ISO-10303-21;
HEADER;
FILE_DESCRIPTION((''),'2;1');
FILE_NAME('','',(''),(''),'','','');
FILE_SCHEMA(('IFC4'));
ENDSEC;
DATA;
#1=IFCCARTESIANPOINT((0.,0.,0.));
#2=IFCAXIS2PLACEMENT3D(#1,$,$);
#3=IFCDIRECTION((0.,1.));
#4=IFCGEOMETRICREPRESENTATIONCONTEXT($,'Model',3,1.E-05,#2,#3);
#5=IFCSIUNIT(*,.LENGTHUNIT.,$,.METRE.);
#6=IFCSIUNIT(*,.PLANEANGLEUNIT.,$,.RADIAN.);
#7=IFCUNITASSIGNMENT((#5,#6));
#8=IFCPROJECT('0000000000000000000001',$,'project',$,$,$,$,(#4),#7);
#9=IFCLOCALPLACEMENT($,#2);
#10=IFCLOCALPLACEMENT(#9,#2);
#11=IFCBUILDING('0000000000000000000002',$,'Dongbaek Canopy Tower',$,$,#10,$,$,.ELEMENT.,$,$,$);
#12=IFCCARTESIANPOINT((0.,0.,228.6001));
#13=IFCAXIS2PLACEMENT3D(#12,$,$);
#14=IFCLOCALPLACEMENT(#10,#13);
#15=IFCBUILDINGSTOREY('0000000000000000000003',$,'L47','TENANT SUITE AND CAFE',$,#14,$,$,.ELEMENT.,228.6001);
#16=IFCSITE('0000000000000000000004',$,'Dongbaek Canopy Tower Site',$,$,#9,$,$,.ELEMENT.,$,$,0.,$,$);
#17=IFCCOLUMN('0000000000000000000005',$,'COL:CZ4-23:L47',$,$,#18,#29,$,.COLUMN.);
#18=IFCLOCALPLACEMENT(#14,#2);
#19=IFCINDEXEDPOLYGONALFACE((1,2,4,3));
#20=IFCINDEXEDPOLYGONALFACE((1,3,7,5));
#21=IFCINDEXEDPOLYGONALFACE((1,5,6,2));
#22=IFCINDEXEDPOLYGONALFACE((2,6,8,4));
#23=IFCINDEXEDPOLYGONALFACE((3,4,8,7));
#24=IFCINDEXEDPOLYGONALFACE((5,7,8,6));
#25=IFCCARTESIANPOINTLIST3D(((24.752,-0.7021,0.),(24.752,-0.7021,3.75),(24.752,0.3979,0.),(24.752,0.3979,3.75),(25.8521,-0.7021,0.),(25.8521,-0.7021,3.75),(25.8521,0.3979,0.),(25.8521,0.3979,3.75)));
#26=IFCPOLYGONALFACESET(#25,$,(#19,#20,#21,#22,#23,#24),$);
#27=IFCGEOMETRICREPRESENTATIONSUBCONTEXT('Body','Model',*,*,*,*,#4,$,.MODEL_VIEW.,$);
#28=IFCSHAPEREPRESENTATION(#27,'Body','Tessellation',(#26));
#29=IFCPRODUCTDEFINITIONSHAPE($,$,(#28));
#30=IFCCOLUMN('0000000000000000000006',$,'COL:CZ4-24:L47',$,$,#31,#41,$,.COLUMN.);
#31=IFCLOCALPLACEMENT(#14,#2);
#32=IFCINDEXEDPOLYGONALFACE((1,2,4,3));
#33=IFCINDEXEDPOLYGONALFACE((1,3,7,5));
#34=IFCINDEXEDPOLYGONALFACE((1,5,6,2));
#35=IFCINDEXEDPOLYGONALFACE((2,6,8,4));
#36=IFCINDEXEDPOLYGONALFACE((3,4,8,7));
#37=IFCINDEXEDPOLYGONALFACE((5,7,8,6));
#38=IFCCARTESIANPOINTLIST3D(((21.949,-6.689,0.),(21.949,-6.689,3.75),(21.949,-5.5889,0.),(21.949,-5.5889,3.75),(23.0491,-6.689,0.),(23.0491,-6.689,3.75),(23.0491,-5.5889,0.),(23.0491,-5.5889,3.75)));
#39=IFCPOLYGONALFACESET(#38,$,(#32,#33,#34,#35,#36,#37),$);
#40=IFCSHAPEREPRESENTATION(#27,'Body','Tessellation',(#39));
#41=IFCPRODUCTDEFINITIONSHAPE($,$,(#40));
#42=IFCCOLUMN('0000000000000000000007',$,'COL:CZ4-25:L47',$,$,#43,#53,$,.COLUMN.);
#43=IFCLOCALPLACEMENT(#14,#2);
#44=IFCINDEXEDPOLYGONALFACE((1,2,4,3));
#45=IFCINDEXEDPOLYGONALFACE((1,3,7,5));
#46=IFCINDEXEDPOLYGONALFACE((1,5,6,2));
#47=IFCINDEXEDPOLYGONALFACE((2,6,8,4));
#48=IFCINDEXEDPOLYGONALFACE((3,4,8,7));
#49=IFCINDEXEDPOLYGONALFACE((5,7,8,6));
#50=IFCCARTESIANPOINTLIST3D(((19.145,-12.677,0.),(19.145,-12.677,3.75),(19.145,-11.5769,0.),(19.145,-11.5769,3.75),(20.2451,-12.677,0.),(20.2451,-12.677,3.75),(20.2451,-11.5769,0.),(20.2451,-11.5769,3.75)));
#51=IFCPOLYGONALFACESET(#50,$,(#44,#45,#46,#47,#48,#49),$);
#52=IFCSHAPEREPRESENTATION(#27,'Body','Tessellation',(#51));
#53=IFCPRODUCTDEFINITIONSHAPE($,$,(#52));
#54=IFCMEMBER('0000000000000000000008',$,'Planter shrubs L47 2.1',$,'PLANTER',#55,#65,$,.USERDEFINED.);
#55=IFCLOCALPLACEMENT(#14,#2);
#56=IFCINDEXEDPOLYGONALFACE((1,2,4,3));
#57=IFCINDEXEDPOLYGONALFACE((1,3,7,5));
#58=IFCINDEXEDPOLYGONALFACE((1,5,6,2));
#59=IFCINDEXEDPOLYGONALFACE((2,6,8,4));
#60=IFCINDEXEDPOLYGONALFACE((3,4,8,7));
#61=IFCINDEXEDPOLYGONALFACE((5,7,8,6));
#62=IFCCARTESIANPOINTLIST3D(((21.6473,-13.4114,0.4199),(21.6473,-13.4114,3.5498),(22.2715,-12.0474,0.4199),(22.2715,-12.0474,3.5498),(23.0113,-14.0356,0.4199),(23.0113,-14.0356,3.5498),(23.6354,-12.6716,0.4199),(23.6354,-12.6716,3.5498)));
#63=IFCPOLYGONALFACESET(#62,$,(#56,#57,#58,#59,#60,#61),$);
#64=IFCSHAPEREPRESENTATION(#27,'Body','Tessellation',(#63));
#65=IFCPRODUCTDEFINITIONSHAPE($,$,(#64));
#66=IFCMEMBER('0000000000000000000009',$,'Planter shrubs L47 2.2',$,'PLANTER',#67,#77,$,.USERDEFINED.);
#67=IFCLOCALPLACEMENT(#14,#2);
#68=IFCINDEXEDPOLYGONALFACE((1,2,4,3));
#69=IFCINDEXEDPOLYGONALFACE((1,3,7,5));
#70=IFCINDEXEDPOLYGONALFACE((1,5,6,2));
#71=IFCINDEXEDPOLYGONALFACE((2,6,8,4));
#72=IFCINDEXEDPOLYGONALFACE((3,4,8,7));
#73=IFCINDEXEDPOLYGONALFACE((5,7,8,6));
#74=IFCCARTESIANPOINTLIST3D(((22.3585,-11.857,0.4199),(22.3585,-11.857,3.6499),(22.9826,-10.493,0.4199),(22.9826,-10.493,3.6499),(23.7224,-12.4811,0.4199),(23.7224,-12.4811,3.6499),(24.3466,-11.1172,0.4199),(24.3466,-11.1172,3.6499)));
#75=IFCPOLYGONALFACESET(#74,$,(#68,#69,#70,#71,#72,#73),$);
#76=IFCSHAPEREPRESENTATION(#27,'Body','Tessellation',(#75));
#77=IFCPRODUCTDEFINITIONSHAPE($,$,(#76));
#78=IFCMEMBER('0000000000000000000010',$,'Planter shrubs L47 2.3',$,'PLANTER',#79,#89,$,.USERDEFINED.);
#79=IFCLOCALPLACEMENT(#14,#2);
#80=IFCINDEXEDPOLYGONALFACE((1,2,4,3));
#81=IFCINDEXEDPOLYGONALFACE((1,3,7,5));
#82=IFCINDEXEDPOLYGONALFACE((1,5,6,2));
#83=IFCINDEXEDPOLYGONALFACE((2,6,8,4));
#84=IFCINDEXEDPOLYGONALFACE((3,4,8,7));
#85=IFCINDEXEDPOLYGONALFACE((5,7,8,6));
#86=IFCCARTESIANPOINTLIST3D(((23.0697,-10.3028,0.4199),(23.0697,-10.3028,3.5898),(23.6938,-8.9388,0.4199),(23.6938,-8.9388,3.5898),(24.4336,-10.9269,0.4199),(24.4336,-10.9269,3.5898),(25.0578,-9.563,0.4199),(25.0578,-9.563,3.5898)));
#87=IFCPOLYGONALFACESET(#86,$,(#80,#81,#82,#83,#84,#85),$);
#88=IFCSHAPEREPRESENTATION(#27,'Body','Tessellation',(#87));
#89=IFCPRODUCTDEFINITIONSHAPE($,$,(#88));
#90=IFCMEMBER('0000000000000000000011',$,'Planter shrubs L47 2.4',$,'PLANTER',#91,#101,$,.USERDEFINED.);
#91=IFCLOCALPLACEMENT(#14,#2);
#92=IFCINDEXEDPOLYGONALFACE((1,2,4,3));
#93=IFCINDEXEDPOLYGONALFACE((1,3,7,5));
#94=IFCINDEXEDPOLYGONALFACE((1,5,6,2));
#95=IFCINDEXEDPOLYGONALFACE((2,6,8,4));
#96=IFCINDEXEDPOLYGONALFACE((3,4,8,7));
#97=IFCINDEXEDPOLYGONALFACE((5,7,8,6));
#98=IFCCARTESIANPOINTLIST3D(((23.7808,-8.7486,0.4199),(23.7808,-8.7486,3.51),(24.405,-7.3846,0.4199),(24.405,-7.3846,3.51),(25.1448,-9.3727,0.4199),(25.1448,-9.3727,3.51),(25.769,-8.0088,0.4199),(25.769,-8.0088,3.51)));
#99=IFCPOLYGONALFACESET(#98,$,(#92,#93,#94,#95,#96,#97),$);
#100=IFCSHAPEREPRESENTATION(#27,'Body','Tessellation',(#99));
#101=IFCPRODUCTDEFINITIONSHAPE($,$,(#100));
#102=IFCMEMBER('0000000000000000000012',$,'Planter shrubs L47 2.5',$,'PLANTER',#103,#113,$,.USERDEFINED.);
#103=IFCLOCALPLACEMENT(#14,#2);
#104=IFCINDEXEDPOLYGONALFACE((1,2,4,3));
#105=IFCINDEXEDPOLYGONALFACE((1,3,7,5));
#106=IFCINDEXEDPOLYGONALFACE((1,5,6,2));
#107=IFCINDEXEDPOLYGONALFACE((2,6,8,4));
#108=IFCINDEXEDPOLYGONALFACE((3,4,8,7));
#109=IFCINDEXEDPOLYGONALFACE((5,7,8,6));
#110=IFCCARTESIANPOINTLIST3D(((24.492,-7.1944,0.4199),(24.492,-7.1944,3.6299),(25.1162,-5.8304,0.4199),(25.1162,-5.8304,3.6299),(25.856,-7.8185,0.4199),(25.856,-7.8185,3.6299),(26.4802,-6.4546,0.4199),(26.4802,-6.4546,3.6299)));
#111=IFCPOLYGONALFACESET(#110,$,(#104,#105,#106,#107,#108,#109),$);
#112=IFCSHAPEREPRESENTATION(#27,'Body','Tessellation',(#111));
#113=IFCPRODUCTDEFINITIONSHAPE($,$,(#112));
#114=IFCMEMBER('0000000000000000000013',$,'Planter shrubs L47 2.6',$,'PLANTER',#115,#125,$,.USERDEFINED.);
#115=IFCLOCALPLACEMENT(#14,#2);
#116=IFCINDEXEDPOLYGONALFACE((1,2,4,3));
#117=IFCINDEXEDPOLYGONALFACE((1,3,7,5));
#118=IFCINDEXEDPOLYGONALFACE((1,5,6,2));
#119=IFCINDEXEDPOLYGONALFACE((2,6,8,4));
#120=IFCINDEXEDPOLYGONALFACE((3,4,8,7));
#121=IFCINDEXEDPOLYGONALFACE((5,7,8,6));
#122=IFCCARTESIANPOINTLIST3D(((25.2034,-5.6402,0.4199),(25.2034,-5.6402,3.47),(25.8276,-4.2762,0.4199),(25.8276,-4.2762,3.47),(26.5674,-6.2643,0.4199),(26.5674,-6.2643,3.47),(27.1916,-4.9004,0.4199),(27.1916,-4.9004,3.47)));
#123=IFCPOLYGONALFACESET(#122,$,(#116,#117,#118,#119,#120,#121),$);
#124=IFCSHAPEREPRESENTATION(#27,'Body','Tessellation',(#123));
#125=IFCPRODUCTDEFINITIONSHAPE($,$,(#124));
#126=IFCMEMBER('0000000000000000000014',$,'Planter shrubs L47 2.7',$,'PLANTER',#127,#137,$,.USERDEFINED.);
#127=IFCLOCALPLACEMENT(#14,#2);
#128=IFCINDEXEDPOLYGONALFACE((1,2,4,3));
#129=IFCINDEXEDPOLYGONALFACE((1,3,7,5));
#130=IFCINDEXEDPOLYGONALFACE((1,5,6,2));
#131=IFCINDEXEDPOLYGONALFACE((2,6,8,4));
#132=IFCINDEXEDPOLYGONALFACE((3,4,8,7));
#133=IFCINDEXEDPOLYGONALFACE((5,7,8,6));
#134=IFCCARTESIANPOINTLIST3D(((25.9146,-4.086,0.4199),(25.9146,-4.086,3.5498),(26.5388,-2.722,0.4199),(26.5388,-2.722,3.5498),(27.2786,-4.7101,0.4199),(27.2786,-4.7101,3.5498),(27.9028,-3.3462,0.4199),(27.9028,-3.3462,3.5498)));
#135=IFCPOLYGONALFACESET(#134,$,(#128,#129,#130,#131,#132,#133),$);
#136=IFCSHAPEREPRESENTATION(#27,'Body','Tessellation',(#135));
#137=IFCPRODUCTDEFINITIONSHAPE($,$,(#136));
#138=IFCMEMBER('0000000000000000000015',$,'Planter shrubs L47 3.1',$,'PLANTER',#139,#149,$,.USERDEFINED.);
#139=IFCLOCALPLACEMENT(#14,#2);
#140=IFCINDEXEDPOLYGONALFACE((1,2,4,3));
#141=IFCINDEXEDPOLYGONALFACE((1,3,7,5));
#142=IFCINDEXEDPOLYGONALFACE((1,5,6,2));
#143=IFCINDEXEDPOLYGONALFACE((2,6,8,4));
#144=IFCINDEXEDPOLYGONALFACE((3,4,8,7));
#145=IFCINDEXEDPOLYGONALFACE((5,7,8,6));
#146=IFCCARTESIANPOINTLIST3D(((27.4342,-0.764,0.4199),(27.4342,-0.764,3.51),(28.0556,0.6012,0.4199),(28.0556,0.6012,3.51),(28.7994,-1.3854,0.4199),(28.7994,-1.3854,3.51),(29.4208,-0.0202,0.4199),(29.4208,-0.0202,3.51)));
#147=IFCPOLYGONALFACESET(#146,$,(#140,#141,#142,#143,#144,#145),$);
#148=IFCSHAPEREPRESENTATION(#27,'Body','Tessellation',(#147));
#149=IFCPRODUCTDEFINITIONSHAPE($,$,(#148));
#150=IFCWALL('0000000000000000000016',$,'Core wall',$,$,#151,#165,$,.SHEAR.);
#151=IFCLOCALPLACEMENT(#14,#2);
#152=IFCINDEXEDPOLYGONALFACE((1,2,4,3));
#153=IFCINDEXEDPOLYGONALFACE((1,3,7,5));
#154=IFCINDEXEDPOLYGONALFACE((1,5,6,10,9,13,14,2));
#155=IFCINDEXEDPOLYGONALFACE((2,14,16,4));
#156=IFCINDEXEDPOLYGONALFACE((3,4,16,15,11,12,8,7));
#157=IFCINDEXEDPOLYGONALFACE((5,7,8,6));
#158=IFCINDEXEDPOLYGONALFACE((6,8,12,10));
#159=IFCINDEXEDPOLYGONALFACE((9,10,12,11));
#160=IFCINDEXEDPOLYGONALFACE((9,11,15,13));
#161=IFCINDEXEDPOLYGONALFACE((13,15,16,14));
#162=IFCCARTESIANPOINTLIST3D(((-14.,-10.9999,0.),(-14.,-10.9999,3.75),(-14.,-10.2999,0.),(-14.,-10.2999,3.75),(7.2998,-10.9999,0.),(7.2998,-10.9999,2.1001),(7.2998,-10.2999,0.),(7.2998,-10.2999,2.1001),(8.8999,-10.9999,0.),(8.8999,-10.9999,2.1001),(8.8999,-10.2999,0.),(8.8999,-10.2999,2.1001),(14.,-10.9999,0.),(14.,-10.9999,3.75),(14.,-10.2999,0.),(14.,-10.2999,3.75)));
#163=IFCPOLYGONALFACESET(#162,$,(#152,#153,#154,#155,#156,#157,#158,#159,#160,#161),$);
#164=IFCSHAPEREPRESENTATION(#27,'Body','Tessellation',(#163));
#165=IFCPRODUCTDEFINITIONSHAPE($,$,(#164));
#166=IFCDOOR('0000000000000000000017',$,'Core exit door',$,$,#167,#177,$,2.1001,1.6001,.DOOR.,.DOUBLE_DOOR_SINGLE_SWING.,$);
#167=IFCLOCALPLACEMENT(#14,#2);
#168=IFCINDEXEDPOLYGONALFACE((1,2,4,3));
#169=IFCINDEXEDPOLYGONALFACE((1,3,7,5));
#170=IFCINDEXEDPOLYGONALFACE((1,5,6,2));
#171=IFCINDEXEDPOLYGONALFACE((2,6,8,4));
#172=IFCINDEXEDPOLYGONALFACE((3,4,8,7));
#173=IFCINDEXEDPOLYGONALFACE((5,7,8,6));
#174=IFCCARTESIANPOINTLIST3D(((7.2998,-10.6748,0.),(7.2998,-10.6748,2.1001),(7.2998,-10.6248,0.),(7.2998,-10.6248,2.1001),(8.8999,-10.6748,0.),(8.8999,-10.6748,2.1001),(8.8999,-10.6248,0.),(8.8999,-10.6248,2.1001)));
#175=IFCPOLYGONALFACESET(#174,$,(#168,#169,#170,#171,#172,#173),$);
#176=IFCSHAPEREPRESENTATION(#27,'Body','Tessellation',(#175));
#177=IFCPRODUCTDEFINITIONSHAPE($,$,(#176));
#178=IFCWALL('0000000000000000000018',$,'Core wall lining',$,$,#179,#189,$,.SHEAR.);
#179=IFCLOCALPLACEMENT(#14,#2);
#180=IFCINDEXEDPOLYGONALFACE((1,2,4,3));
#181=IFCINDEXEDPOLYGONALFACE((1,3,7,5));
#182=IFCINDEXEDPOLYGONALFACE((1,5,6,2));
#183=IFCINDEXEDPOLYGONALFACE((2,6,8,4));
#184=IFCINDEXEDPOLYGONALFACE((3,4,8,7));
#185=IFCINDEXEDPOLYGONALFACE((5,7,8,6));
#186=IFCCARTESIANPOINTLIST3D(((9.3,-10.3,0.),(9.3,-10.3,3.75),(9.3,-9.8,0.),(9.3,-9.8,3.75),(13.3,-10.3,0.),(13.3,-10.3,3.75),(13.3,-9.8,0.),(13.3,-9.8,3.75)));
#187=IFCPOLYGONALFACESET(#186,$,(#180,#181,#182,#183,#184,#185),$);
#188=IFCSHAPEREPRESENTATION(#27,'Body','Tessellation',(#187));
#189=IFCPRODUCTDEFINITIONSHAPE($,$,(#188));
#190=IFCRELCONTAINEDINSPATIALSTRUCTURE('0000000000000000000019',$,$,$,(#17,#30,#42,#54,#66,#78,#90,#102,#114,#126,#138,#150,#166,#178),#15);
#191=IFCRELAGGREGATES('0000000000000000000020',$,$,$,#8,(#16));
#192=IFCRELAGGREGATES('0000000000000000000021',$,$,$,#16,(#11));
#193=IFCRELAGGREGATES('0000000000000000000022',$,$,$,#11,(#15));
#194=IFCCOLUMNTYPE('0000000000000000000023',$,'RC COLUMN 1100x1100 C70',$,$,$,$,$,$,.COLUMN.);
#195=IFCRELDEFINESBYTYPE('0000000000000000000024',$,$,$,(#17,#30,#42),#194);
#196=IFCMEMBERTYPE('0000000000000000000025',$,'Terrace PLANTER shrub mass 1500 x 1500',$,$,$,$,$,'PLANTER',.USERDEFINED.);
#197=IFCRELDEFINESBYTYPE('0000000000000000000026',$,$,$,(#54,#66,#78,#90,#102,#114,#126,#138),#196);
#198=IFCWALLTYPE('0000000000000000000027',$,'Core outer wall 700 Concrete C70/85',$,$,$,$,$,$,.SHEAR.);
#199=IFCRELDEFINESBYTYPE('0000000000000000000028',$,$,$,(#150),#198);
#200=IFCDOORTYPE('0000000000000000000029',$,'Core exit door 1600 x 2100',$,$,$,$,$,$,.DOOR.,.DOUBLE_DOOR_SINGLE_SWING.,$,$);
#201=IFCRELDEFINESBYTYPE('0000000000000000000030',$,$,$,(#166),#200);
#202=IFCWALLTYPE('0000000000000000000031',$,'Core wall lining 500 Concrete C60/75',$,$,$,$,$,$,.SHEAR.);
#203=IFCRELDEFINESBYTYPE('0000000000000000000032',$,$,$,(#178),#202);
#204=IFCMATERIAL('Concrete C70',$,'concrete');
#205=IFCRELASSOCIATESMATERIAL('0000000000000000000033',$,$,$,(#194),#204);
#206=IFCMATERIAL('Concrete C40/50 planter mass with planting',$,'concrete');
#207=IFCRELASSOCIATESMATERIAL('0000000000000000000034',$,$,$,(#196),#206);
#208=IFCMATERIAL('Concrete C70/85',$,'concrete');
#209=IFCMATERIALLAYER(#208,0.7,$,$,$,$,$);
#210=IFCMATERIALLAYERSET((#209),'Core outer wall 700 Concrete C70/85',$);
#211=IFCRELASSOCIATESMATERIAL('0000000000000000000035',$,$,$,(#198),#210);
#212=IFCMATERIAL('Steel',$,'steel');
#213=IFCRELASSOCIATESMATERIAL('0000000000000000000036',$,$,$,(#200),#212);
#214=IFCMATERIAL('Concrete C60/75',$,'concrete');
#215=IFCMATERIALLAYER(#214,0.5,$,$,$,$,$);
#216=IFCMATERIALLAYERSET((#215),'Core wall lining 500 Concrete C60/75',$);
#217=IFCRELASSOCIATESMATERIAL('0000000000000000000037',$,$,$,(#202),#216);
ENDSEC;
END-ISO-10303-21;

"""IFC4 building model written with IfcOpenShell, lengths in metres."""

from ifc_helpers import new_model, si_unit, direction, frame, frame_2d, origin, origin_2d, place, context, subcontext, project, spatial, rectangle, extrude, material, layer, layer_set, material_profile, profile_set, type_object, element, fill, save


model = new_model("IFC4")

# Units and contexts
model_context = context("Model", 3, precision=1e-05, world=origin(), true_north=direction((0.0, 1.0)))
body_context = subcontext(model_context, "Body", "Model", "MODEL_VIEW")
ifc_project = project(units=[si_unit("LENGTHUNIT", "METRE"), si_unit("PLANEANGLEUNIT", "RADIAN")], contexts=[model_context])

# Site, building, storey
site_placement = place(None, origin())
site = spatial("IfcSite", under=ifc_project, at=site_placement, Name="Dongbaek Canopy Tower Site", CompositionType="ELEMENT", RefElevation=0.0)
building_placement = place(site_placement, origin())
building = spatial("IfcBuilding", under=site, at=building_placement, Name="Dongbaek Canopy Tower", CompositionType="ELEMENT")
storey_placement = place(building_placement, frame((0.0, 0.0, 228.6001)))
storey = spatial("IfcBuildingStorey", under=building, at=storey_placement, Name="L47", Description="TENANT SUITE AND CAFE", CompositionType="ELEMENT", Elevation=228.6001)

# Columns
ifc_material_1 = material(Name="Concrete C70", Category="concrete")
ifc_material_profile_1 = material_profile(ifc_material_1, rectangle(XDim=1.1001, YDim=1.1001, at=origin_2d()), Name="RC COLUMN 1100x1100 C70")
ifc_profile_set_1 = profile_set([ifc_material_profile_1], Name="Concrete C70")
column_type = type_object("IfcColumnType", Name="RC COLUMN 1100x1100 C70", PredefinedType="COLUMN", material=ifc_profile_set_1)
for number, where, z_axis, x_axis, name in (
    (1, (25.302, -0.1521, 0.0), (0.0, 0.0, 1.0), (1.0, 0.0, 0.0), "COL:CZ4-23:L47"),
    (2, (22.499, -6.1389, 0.0), (0.0, 0.0, 1.0), (1.0, 0.0, 0.0), "COL:CZ4-24:L47"),
    (3, (19.6951, -12.127, 0.0), (0.0, 0.0, 1.0), (1.0, 0.0, 0.0), "COL:CZ4-25:L47"),
):
    element("IfcColumn", number, at=place(storey_placement, frame(where, z_axis=z_axis, x_axis=x_axis)), inside=storey, type_object=column_type, Name=name, PredefinedType="COLUMN", context=body_context, shape_type="SweptSolid", body=[
        extrude(rectangle(XDim=1.1001, YDim=1.1001, at=origin_2d()), origin(), (0.0, 0.0, 1.0), 3.75),
    ])

# Members
ifc_material_2 = material(Name="Concrete C40/50 planter mass with planting", Category="concrete")
ifc_material_profile_2 = material_profile(ifc_material_2, rectangle(XDim=1.5, YDim=1.5, at=origin_2d()), Name="Terrace PLANTER shrub mass 1500 x 1500")
ifc_profile_set_2 = profile_set([ifc_material_profile_2], Name="Concrete C40/50 planter mass with planting")
member_type = type_object("IfcMemberType", Name="Terrace PLANTER shrub mass 1500 x 1500", ElementType="PLANTER", PredefinedType="USERDEFINED", material=ifc_profile_set_2)
member_1_placement = place(storey_placement, frame((22.6414, -13.0415, 0.4199), z_axis=(0.0, 0.0, 1.0), x_axis=(0.909313, -0.416113, 0.0)))
element("IfcMember", 4, at=member_1_placement, inside=storey, type_object=member_type, Name="Planter shrubs L47 2.1", ObjectType="PLANTER", PredefinedType="USERDEFINED", context=body_context, shape_type="SweptSolid", body=[
    extrude(rectangle(XDim=1.5, YDim=1.5, at=origin_2d()), origin(), (0.0, 0.0, 1.0), 3.1299),
])
member_2_placement = place(storey_placement, frame((23.3525, -11.4871, 0.4199), z_axis=(0.0, 0.0, 1.0), x_axis=(0.909313, -0.416113, 0.0)))
element("IfcMember", 5, at=member_2_placement, inside=storey, type_object=member_type, Name="Planter shrubs L47 2.2", ObjectType="PLANTER", PredefinedType="USERDEFINED", context=body_context, shape_type="SweptSolid", body=[
    extrude(rectangle(XDim=1.5, YDim=1.5, at=origin_2d()), origin(), (0.0, 0.0, 1.0), 3.23),
])
member_3_placement = place(storey_placement, frame((24.0637, -9.9329, 0.4199), z_axis=(0.0, 0.0, 1.0), x_axis=(0.909313, -0.416113, 0.0)))
element("IfcMember", 6, at=member_3_placement, inside=storey, type_object=member_type, Name="Planter shrubs L47 2.3", ObjectType="PLANTER", PredefinedType="USERDEFINED", context=body_context, shape_type="SweptSolid", body=[
    extrude(rectangle(XDim=1.5, YDim=1.5, at=origin_2d()), origin(), (0.0, 0.0, 1.0), 3.1699),
])
member_4_placement = place(storey_placement, frame((24.7749, -8.3787, 0.4199), z_axis=(0.0, 0.0, 1.0), x_axis=(0.909313, -0.416113, 0.0)))
element("IfcMember", 7, at=member_4_placement, inside=storey, type_object=member_type, Name="Planter shrubs L47 2.4", ObjectType="PLANTER", PredefinedType="USERDEFINED", context=body_context, shape_type="SweptSolid", body=[
    extrude(rectangle(XDim=1.5, YDim=1.5, at=origin_2d()), origin(), (0.0, 0.0, 1.0), 3.0901),
])
member_5_placement = place(storey_placement, frame((25.4861, -6.8245, 0.4199), z_axis=(0.0, 0.0, 1.0), x_axis=(0.909313, -0.416113, 0.0)))
element("IfcMember", 8, at=member_5_placement, inside=storey, type_object=member_type, Name="Planter shrubs L47 2.5", ObjectType="PLANTER", PredefinedType="USERDEFINED", context=body_context, shape_type="SweptSolid", body=[
    extrude(rectangle(XDim=1.5, YDim=1.5, at=origin_2d()), origin(), (0.0, 0.0, 1.0), 3.21),
])
member_6_placement = place(storey_placement, frame((26.1975, -5.2703, 0.4199), z_axis=(0.0, 0.0, 1.0), x_axis=(0.909313, -0.416113, 0.0)))
element("IfcMember", 9, at=member_6_placement, inside=storey, type_object=member_type, Name="Planter shrubs L47 2.6", ObjectType="PLANTER", PredefinedType="USERDEFINED", context=body_context, shape_type="SweptSolid", body=[
    extrude(rectangle(XDim=1.5, YDim=1.5, at=origin_2d()), origin(), (0.0, 0.0, 1.0), 3.05),
])
member_7_placement = place(storey_placement, frame((26.9087, -3.7161, 0.4199), z_axis=(0.0, 0.0, 1.0), x_axis=(0.909313, -0.416113, 0.0)))
element("IfcMember", 10, at=member_7_placement, inside=storey, type_object=member_type, Name="Planter shrubs L47 2.7", ObjectType="PLANTER", PredefinedType="USERDEFINED", context=body_context, shape_type="SweptSolid", body=[
    extrude(rectangle(XDim=1.5, YDim=1.5, at=origin_2d()), origin(), (0.0, 0.0, 1.0), 3.1299),
])
member_8_placement = place(storey_placement, frame((28.4275, -0.3921, 0.4199), z_axis=(0.0, 0.0, 1.0), x_axis=(0.910164, -0.414249, 0.0)))
element("IfcMember", 11, at=member_8_placement, inside=storey, type_object=member_type, Name="Planter shrubs L47 3.1", ObjectType="PLANTER", PredefinedType="USERDEFINED", context=body_context, shape_type="SweptSolid", body=[
    extrude(rectangle(XDim=1.5, YDim=1.5, at=origin_2d()), origin(), (0.0, 0.0, 1.0), 3.0901),
])

# Wall, opening, door
ifc_material_3 = material(Name="Concrete C70/85", Category="concrete")
ifc_layer_1 = layer(ifc_material_3, 0.7)
ifc_layer_set_1 = layer_set([ifc_layer_1], Name="Core outer wall 700 Concrete C70/85")
wall_type_1 = type_object("IfcWallType", Name="Core outer wall 700 Concrete C70/85", PredefinedType="SHEAR", material=ifc_layer_set_1)
wall_1_placement = place(storey_placement, frame((14.0, -10.6499, 0.0), z_axis=(0.0, 0.0, 1.0), x_axis=(-1.0, 0.0, 0.0)))
wall_1 = element("IfcWall", 12, at=wall_1_placement, inside=storey, type_object=wall_type_1, Name="Core wall", PredefinedType="SHEAR", context=body_context, shape_type="SweptSolid", body=[
    extrude(rectangle(XDim=28.0, YDim=0.7, at=frame_2d((14.0, 0.0))), origin(), (0.0, 0.0, 1.0), 3.75),
])
opening_1_placement = place(wall_1_placement, frame((5.1001, 0.0, 0.0)))
opening_1 = element("IfcOpeningElement", 13, at=opening_1_placement, cuts=wall_1, PredefinedType="OPENING", context=body_context, shape_type="SweptSolid", body=[
    extrude(rectangle(XDim=1.6001, YDim=2.1001, at=frame_2d((0.8, 1.05))), frame((0.0, 0.3599, 0.0), z_axis=(0.0, -1.0, 0.0), x_axis=(1.0, 0.0, 0.0)), (0.0, 0.0, 1.0), 0.72),
])
ifc_material_4 = material(Name="Steel", Category="steel")
door_type_1 = type_object("IfcDoorType", Name="Core exit door 1600 x 2100", OperationType="DOUBLE_DOOR_SINGLE_SWING", PredefinedType="DOOR", material=ifc_material_4)
door_1_placement = place(opening_1_placement, origin())
door_1 = element("IfcDoor", 14, at=door_1_placement, inside=storey, type_object=door_type_1, Name="Core exit door", OperationType="DOUBLE_DOOR_SINGLE_SWING", OverallHeight=2.1001, OverallWidth=1.6001, PredefinedType="DOOR", context=body_context, shape_type="SweptSolid", body=[
    extrude(rectangle(XDim=1.6001, YDim=2.1001, at=frame_2d((0.8, 1.05))), frame((0.0, 0.0249, 0.0), z_axis=(0.0, -1.0, 0.0), x_axis=(1.0, 0.0, 0.0)), (0.0, 0.0, 1.0), 0.05),
])
fill(opening_1, door_1)

# Wall
ifc_material_5 = material(Name="Concrete C60/75", Category="concrete")
ifc_layer_2 = layer(ifc_material_5, 0.5)
ifc_layer_set_2 = layer_set([ifc_layer_2], Name="Core wall lining 500 Concrete C60/75")
wall_type_2 = type_object("IfcWallType", Name="Core wall lining 500 Concrete C60/75", PredefinedType="SHEAR", material=ifc_layer_set_2)
wall_2_placement = place(storey_placement, frame((13.3, -10.05, 0.0), z_axis=(0.0, 0.0, 1.0), x_axis=(-1.0, 0.0, 0.0)))
element("IfcWall", 15, at=wall_2_placement, inside=storey, type_object=wall_type_2, Name="Core wall lining", PredefinedType="SHEAR", context=body_context, shape_type="SweptSolid", body=[
    extrude(rectangle(XDim=4.0, YDim=0.5, at=frame_2d((2.0, 0.0))), origin(), (0.0, 0.0, 1.0), 3.75),
])

save(model, "model.ifc")
